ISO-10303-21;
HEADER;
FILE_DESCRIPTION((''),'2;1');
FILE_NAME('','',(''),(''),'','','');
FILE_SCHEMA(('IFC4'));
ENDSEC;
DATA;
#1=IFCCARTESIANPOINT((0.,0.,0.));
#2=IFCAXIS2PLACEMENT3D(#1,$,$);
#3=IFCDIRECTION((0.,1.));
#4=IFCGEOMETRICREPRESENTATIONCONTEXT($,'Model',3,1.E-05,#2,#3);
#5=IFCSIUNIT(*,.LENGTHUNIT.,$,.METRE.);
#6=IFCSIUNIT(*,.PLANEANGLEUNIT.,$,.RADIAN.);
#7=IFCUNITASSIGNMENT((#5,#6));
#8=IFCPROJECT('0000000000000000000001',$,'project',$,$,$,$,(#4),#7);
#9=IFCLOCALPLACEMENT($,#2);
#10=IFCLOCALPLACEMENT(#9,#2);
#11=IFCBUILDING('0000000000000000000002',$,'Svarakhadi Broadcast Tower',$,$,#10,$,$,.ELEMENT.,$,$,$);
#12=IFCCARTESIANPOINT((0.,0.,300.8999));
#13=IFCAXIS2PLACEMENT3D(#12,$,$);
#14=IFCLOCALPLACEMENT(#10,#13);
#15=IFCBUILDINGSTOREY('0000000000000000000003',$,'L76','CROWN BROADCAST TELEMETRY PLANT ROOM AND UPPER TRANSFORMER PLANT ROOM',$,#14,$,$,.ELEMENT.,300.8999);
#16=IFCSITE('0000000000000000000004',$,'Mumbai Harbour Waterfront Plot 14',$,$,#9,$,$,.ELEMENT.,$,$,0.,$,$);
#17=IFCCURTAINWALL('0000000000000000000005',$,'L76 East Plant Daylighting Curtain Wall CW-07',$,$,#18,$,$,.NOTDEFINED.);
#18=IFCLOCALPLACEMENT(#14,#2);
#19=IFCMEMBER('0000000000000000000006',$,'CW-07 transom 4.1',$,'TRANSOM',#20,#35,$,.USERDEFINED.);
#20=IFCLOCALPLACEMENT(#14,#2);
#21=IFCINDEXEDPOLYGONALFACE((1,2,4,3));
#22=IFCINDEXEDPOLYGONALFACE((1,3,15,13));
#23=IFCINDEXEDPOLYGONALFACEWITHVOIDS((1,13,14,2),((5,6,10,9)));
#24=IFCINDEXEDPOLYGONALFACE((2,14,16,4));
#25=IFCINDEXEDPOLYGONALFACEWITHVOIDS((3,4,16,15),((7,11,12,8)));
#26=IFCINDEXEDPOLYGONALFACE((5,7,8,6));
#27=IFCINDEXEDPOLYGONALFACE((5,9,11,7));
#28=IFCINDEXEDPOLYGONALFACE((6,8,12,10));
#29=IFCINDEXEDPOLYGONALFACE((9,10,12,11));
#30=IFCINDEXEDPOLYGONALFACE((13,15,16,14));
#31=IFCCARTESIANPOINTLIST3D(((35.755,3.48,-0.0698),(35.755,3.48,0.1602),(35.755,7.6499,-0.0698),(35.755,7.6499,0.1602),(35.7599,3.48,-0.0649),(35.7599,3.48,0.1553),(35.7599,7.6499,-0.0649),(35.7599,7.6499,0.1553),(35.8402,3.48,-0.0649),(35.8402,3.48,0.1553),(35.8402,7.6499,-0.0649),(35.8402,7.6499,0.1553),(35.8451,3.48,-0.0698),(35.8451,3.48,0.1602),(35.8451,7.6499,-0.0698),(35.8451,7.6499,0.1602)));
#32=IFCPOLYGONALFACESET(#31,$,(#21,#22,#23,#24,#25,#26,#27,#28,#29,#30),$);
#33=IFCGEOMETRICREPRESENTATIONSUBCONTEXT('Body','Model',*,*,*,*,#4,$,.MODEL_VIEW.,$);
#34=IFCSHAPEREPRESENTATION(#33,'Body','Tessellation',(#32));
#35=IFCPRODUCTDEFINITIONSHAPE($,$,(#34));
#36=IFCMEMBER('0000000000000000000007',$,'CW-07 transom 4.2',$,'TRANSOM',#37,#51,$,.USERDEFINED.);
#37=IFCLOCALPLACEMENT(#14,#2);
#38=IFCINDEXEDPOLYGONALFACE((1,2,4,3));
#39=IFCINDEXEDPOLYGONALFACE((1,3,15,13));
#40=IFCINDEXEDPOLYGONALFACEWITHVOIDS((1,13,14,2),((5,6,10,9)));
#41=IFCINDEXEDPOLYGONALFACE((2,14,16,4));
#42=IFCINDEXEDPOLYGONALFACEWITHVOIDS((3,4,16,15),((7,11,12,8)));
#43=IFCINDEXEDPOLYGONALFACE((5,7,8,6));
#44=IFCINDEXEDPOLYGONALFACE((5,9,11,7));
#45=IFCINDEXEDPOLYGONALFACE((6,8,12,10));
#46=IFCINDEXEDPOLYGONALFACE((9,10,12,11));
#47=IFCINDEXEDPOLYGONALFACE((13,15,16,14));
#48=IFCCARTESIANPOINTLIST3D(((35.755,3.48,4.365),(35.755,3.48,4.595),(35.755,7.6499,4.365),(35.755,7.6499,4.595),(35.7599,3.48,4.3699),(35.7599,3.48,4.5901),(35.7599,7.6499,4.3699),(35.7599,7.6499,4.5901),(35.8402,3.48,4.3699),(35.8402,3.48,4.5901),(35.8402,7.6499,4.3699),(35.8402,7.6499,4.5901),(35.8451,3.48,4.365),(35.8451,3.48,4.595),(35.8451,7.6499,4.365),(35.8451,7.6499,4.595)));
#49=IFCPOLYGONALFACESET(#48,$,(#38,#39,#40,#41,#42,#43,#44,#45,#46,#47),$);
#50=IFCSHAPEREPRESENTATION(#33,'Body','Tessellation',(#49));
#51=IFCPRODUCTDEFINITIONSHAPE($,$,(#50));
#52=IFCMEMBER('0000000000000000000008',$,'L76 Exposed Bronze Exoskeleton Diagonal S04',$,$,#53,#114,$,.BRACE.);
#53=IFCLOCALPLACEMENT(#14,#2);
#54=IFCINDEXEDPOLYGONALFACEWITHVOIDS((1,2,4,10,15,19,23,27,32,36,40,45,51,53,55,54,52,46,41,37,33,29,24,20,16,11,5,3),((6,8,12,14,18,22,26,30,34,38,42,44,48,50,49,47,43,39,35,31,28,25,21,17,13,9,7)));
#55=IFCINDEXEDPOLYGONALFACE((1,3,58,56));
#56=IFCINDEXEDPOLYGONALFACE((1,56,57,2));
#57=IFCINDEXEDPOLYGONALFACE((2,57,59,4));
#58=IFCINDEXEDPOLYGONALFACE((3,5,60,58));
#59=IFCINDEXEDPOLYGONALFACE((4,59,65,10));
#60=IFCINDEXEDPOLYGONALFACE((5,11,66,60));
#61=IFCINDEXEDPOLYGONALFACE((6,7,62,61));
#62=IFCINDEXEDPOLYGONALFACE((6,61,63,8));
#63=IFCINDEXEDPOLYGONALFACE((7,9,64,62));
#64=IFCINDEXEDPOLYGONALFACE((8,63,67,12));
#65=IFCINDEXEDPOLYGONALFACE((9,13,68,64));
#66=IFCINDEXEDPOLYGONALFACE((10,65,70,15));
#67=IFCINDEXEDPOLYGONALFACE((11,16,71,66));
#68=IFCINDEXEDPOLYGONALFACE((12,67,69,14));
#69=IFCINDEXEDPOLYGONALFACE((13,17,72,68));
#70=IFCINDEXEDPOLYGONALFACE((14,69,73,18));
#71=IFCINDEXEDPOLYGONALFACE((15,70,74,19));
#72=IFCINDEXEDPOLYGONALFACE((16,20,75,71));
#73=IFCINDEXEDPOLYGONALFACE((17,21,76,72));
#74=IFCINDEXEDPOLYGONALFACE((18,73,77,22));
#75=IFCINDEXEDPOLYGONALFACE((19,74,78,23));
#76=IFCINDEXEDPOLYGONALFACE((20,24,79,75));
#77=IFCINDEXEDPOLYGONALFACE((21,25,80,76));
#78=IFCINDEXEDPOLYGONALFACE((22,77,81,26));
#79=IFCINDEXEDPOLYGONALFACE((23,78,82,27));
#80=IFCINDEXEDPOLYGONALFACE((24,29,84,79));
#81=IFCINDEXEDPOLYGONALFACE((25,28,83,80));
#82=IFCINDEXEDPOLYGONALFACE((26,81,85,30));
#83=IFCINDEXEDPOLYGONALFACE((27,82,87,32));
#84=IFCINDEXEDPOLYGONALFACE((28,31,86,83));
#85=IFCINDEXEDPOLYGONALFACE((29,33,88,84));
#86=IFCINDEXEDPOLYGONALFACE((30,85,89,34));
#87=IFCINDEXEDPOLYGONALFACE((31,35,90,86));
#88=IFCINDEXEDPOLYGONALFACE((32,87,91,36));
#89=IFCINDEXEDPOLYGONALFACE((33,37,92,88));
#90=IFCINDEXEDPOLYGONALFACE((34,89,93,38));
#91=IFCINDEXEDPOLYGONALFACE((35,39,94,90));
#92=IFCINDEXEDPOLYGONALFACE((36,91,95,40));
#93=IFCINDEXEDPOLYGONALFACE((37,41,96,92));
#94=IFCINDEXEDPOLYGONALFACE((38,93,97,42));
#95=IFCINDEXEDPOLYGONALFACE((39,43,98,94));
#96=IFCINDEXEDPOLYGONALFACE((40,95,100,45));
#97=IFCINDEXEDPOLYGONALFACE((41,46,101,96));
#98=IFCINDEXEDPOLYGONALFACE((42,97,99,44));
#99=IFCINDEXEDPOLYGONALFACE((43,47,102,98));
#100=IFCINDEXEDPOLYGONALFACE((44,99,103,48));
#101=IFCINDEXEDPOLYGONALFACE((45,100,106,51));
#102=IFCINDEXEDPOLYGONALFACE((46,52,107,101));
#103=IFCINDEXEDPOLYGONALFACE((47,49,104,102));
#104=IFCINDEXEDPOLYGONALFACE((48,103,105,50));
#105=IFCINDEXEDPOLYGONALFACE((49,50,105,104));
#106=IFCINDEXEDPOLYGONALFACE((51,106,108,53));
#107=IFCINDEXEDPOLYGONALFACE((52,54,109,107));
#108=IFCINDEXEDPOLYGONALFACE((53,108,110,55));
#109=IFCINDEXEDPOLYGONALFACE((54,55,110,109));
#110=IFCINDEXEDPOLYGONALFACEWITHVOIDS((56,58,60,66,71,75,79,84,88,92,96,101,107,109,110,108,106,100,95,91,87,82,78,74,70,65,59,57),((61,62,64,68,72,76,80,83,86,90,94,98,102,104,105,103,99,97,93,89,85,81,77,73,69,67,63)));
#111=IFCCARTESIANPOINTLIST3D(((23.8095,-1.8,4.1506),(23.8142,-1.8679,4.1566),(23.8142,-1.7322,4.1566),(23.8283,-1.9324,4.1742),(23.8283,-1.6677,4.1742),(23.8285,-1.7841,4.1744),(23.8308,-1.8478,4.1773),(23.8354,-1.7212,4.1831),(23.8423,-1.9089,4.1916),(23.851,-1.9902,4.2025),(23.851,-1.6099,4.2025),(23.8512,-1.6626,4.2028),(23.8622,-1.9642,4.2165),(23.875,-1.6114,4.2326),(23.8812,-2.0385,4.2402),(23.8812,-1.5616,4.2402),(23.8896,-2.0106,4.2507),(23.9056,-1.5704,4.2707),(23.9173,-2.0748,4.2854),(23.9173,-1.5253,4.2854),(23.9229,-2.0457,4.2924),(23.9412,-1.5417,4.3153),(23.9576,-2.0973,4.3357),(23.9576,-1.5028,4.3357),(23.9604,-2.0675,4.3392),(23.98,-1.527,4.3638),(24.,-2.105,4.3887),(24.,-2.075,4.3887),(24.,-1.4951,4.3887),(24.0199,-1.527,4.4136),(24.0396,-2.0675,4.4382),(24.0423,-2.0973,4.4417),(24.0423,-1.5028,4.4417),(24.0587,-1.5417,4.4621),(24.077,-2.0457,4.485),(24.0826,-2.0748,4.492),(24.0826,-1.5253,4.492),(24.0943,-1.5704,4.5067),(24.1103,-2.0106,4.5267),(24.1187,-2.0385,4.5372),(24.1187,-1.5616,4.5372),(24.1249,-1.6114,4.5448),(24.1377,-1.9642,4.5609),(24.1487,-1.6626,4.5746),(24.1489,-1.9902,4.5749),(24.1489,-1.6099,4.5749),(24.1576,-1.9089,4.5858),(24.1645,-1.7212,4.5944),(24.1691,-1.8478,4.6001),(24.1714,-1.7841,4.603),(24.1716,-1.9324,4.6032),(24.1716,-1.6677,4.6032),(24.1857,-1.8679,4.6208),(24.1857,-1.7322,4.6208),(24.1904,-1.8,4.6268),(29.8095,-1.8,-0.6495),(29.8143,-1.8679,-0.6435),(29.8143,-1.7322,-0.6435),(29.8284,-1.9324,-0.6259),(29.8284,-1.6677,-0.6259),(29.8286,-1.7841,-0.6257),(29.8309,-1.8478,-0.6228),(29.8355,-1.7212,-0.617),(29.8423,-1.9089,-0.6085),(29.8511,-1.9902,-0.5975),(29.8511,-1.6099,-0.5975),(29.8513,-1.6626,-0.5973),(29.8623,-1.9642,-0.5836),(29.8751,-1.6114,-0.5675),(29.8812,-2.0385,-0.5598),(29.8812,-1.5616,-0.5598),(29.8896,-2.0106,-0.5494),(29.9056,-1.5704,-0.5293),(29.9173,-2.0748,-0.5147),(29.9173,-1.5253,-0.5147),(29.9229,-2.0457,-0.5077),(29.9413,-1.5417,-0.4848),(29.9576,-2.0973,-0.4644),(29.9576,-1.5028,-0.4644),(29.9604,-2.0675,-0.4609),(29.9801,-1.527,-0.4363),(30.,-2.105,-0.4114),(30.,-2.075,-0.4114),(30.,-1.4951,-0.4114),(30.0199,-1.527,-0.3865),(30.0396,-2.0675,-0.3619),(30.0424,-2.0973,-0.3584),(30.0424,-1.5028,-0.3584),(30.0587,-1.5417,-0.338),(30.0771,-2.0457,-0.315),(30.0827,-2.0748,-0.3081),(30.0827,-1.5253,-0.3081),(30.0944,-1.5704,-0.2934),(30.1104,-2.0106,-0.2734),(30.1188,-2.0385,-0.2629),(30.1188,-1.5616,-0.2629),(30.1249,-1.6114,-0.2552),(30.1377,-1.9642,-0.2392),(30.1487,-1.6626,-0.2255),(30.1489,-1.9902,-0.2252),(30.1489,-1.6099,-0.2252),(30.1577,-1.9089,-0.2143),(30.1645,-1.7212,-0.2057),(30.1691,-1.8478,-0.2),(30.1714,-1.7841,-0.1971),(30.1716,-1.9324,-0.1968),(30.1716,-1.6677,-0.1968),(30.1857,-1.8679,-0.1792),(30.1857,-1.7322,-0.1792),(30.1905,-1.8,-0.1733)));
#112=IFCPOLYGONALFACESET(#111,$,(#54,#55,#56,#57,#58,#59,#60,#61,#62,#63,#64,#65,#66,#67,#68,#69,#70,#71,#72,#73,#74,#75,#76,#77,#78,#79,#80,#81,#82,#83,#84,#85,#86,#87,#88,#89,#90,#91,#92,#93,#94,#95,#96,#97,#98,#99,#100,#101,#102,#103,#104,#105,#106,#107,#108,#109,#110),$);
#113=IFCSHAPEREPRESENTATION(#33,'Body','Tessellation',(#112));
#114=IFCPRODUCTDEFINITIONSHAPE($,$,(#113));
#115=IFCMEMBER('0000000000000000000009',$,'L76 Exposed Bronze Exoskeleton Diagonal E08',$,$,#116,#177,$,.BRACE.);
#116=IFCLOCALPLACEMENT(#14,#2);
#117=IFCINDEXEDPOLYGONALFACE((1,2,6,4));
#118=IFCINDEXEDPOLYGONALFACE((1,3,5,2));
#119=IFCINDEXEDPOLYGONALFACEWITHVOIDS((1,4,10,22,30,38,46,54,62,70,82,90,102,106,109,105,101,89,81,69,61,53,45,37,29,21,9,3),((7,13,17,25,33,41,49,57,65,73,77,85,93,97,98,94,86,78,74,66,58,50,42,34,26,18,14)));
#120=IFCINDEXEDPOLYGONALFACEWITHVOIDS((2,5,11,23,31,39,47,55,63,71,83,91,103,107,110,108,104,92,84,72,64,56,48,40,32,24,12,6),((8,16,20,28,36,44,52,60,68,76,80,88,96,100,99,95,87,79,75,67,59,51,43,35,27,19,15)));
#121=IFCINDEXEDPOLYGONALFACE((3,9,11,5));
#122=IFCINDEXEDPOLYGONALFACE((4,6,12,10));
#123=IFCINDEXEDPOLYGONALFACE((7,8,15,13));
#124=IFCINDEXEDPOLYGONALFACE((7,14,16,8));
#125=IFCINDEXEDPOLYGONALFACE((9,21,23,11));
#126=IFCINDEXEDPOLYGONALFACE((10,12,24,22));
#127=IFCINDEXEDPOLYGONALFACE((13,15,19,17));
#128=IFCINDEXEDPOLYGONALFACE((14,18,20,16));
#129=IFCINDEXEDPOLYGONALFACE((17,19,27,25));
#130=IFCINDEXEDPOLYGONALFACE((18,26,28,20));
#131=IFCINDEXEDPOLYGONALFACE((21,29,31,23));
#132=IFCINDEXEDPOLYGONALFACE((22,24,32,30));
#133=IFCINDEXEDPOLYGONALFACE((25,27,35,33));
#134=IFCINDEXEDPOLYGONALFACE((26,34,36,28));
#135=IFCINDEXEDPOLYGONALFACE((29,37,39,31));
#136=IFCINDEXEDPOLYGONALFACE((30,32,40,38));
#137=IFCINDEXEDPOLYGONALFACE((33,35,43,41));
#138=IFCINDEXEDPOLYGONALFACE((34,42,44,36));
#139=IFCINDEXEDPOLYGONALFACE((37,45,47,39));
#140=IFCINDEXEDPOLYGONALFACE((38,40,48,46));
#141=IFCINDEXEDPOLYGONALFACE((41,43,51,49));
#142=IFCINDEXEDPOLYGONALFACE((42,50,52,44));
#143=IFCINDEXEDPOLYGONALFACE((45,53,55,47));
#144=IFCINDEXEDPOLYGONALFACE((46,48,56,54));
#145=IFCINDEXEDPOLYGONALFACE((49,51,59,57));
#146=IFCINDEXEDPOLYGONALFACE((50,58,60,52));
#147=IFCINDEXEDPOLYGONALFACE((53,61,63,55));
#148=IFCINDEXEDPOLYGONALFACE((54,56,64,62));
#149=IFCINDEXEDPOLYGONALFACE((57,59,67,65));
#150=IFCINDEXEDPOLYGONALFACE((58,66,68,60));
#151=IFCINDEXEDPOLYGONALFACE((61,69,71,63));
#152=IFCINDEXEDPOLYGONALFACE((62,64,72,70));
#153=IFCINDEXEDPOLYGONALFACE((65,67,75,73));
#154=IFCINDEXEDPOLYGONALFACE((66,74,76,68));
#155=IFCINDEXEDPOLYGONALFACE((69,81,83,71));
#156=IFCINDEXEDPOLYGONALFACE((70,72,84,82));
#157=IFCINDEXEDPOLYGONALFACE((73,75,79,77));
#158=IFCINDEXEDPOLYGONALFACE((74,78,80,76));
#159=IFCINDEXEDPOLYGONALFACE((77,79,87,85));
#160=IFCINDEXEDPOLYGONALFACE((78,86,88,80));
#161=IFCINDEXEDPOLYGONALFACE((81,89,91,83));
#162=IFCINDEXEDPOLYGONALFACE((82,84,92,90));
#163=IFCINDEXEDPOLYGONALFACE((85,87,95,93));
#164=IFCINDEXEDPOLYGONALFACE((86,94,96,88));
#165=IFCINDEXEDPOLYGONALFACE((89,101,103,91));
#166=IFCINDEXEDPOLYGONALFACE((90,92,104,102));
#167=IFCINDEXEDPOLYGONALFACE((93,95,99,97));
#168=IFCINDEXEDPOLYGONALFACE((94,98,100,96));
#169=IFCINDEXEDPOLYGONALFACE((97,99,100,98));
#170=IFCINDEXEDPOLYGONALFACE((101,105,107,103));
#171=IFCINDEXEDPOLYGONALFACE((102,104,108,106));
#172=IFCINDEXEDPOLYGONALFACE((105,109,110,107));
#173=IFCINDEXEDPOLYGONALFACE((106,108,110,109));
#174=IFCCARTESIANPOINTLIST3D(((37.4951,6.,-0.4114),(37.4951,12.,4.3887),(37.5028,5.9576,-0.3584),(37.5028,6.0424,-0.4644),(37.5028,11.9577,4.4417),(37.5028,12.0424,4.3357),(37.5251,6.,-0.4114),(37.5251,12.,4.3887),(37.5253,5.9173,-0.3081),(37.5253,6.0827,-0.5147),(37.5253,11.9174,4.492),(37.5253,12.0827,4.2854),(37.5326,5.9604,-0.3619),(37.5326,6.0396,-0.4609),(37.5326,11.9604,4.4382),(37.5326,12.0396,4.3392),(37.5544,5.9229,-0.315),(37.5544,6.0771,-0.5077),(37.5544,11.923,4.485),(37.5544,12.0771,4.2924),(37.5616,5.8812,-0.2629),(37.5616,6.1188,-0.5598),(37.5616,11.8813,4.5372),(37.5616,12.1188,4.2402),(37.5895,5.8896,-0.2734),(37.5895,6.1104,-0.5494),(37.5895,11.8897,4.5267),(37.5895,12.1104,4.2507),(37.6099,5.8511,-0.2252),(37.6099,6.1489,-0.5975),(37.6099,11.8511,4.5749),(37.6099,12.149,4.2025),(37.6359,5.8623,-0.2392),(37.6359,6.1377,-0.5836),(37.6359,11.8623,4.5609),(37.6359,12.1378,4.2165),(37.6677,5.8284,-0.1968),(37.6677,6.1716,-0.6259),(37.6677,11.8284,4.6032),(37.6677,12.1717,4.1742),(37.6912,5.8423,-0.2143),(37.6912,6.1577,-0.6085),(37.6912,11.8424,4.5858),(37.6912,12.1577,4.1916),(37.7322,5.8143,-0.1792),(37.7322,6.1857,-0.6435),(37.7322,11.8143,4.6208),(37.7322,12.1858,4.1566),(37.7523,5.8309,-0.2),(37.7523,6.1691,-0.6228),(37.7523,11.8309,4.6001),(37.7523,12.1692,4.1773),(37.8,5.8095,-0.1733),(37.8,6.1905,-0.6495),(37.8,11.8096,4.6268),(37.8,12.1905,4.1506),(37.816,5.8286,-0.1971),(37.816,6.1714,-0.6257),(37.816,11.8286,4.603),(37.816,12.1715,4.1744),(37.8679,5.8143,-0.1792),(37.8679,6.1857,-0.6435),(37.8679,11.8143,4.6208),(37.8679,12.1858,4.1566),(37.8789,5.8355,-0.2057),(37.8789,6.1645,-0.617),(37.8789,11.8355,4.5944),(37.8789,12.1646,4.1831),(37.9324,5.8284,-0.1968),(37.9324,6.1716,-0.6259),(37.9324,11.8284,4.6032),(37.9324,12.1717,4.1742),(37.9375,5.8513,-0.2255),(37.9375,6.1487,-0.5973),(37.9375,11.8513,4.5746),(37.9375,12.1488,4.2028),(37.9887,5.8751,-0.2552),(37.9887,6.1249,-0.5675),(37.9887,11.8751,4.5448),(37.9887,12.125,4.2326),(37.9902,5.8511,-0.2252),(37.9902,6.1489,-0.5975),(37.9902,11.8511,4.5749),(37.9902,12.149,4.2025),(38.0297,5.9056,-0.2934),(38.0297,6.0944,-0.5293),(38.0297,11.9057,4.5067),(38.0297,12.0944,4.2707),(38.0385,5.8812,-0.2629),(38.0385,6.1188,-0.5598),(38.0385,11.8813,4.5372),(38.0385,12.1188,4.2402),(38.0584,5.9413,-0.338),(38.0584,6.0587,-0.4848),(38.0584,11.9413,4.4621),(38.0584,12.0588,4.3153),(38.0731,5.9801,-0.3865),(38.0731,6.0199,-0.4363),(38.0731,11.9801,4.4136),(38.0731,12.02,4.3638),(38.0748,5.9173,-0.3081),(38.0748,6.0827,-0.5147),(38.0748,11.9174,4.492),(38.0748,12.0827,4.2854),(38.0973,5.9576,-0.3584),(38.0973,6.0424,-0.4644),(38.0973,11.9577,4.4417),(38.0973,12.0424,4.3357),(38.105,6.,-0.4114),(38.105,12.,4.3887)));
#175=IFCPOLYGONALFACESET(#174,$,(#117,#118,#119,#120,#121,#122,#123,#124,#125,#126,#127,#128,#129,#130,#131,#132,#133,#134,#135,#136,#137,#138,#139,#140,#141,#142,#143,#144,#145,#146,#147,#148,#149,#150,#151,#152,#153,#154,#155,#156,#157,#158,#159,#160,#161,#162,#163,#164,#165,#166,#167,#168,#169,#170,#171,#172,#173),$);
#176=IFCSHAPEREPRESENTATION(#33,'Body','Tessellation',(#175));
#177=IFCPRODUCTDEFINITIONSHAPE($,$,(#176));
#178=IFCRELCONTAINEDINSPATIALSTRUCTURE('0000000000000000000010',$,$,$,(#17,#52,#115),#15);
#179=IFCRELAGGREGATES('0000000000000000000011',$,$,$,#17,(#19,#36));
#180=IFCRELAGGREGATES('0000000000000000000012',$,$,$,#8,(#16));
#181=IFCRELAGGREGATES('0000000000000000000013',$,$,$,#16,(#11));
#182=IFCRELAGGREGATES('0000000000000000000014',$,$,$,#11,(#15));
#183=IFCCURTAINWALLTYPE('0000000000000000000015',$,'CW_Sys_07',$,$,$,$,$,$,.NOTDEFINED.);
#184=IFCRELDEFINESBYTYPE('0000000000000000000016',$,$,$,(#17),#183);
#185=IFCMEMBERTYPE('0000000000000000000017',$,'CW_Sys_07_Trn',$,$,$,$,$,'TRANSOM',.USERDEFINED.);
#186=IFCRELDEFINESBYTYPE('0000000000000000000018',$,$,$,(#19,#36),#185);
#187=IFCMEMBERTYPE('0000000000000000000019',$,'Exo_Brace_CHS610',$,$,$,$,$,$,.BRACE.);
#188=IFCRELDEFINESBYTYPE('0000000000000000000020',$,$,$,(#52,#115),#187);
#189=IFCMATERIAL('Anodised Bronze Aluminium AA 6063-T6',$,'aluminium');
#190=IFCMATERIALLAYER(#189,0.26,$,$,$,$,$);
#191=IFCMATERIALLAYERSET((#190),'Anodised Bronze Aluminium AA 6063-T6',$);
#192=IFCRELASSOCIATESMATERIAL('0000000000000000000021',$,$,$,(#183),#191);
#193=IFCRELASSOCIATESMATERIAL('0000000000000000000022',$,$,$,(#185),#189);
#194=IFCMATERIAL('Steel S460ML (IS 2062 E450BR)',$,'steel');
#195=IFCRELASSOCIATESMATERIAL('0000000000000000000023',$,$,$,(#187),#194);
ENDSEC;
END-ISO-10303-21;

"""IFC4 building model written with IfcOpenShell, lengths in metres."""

from ifc_helpers import new_model, si_unit, direction, frame, origin, origin_2d, place, context, subcontext, project, spatial, hollow_rectangle, hollow_circle, extrude, material, layer, layer_set, material_profile, profile_set, type_object, element, aggregate, save


model = new_model("IFC4")

# Units and contexts
model_context = context("Model", 3, precision=1e-05, world=origin(), true_north=direction((0.0, 1.0)))
body_context = subcontext(model_context, "Body", "Model", "MODEL_VIEW")
ifc_project = project(units=[si_unit("LENGTHUNIT", "METRE"), si_unit("PLANEANGLEUNIT", "RADIAN")], contexts=[model_context])

# Site, building, storey
site_placement = place(None, origin())
site = spatial("IfcSite", under=ifc_project, at=site_placement, Name="Mumbai Harbour Waterfront Plot 14", CompositionType="ELEMENT", RefElevation=0.0)
building_placement = place(site_placement, origin())
building = spatial("IfcBuilding", under=site, at=building_placement, Name="Svarakhadi Broadcast Tower", CompositionType="ELEMENT")
storey_placement = place(building_placement, frame((0.0, 0.0, 300.8999)))
storey = spatial("IfcBuildingStorey", under=building, at=storey_placement, Name="L76", Description="CROWN BROADCAST TELEMETRY PLANT ROOM AND UPPER TRANSFORMER PLANT ROOM", CompositionType="ELEMENT", Elevation=300.8999)

# Shared definitions
ifc_material_1 = material(Name="Steel S460ML (IS 2062 E450BR)", Category="steel")

# Curtain wall, members
ifc_material_2 = material(Name="Anodised Bronze Aluminium AA 6063-T6", Category="aluminium")
ifc_layer_1 = layer(ifc_material_2, 0.26)
ifc_layer_set_1 = layer_set([ifc_layer_1], Name="Anodised Bronze Aluminium AA 6063-T6")
curtain_wall_type = type_object("IfcCurtainWallType", Name="CW_Sys_07", PredefinedType="NOTDEFINED", material=ifc_layer_set_1)
curtain_wall_placement = place(storey_placement, origin())
curtain_wall = element("IfcCurtainWall", 1, at=curtain_wall_placement, inside=storey, type_object=curtain_wall_type, Name="L76 East Plant Daylighting Curtain Wall CW-07", PredefinedType="NOTDEFINED")
ifc_material_profile_1 = material_profile(ifc_material_2, hollow_rectangle(XDim=0.0901, YDim=0.23, WallThickness=0.0049, at=origin_2d()), Name="ALU TRANSOM 230x90x5")
ifc_profile_set_1 = profile_set([ifc_material_profile_1], Name="Anodised Bronze Aluminium AA 6063-T6")
member_type_1 = type_object("IfcMemberType", Name="CW_Sys_07_Trn", ElementType="TRANSOM", PredefinedType="USERDEFINED", material=ifc_profile_set_1)
member_1_placement = place(storey_placement, frame((35.8, 7.6499, 0.0452), z_axis=(0.0, -1.0, 0.0), x_axis=(1.0, 0.0, 0.0)))
member_1 = element("IfcMember", 2, at=member_1_placement, type_object=member_type_1, Name="CW-07 transom 4.1", ObjectType="TRANSOM", PredefinedType="USERDEFINED", context=body_context, shape_type="SweptSolid", body=[
    extrude(hollow_rectangle(XDim=0.0901, YDim=0.23, WallThickness=0.0049, at=origin_2d()), origin(), (0.0, 0.0, 1.0), 4.1699),
])
member_2_placement = place(storey_placement, frame((35.8, 7.6499, 4.48), z_axis=(0.0, -1.0, 0.0), x_axis=(1.0, 0.0, 0.0)))
member_2 = element("IfcMember", 3, at=member_2_placement, type_object=member_type_1, Name="CW-07 transom 4.2", ObjectType="TRANSOM", PredefinedType="USERDEFINED", context=body_context, shape_type="SweptSolid", body=[
    extrude(hollow_rectangle(XDim=0.0901, YDim=0.23, WallThickness=0.0049, at=origin_2d()), origin(), (0.0, 0.0, 1.0), 4.1699),
])

# Members
ifc_material_profile_2 = material_profile(ifc_material_1, hollow_circle(Radius=0.3049, WallThickness=0.03, at=origin_2d()), Name="CHS 610x30")
ifc_profile_set_2 = profile_set([ifc_material_profile_2], Name="Steel S460ML (IS 2062 E450BR)")
member_type_2 = type_object("IfcMemberType", Name="Exo_Brace_CHS610", PredefinedType="BRACE", material=ifc_profile_set_2)
for number, where, z_axis, x_axis, name in (
    (4, (30.0, -1.8, -0.4114), (-0.780866, 0.0, 0.624699), (0.0, -1.0, 0.0), "L76 Exposed Bronze Exoskeleton Diagonal S04"),
    (5, (37.8, 6.0, -0.4114), (0.0, 0.780866, 0.624699), (-1.0, 0.0, 0.0), "L76 Exposed Bronze Exoskeleton Diagonal E08"),
):
    element("IfcMember", number, at=place(storey_placement, frame(where, z_axis=z_axis, x_axis=x_axis)), inside=storey, type_object=member_type_2, Name=name, PredefinedType="BRACE", context=body_context, shape_type="SweptSolid", body=[
        extrude(hollow_circle(Radius=0.3049, WallThickness=0.03, at=origin_2d()), origin(), (0.0, 0.0, 1.0), 7.6838),
    ])

aggregate(curtain_wall, [member_1, member_2])

save(model, "model.ifc")
